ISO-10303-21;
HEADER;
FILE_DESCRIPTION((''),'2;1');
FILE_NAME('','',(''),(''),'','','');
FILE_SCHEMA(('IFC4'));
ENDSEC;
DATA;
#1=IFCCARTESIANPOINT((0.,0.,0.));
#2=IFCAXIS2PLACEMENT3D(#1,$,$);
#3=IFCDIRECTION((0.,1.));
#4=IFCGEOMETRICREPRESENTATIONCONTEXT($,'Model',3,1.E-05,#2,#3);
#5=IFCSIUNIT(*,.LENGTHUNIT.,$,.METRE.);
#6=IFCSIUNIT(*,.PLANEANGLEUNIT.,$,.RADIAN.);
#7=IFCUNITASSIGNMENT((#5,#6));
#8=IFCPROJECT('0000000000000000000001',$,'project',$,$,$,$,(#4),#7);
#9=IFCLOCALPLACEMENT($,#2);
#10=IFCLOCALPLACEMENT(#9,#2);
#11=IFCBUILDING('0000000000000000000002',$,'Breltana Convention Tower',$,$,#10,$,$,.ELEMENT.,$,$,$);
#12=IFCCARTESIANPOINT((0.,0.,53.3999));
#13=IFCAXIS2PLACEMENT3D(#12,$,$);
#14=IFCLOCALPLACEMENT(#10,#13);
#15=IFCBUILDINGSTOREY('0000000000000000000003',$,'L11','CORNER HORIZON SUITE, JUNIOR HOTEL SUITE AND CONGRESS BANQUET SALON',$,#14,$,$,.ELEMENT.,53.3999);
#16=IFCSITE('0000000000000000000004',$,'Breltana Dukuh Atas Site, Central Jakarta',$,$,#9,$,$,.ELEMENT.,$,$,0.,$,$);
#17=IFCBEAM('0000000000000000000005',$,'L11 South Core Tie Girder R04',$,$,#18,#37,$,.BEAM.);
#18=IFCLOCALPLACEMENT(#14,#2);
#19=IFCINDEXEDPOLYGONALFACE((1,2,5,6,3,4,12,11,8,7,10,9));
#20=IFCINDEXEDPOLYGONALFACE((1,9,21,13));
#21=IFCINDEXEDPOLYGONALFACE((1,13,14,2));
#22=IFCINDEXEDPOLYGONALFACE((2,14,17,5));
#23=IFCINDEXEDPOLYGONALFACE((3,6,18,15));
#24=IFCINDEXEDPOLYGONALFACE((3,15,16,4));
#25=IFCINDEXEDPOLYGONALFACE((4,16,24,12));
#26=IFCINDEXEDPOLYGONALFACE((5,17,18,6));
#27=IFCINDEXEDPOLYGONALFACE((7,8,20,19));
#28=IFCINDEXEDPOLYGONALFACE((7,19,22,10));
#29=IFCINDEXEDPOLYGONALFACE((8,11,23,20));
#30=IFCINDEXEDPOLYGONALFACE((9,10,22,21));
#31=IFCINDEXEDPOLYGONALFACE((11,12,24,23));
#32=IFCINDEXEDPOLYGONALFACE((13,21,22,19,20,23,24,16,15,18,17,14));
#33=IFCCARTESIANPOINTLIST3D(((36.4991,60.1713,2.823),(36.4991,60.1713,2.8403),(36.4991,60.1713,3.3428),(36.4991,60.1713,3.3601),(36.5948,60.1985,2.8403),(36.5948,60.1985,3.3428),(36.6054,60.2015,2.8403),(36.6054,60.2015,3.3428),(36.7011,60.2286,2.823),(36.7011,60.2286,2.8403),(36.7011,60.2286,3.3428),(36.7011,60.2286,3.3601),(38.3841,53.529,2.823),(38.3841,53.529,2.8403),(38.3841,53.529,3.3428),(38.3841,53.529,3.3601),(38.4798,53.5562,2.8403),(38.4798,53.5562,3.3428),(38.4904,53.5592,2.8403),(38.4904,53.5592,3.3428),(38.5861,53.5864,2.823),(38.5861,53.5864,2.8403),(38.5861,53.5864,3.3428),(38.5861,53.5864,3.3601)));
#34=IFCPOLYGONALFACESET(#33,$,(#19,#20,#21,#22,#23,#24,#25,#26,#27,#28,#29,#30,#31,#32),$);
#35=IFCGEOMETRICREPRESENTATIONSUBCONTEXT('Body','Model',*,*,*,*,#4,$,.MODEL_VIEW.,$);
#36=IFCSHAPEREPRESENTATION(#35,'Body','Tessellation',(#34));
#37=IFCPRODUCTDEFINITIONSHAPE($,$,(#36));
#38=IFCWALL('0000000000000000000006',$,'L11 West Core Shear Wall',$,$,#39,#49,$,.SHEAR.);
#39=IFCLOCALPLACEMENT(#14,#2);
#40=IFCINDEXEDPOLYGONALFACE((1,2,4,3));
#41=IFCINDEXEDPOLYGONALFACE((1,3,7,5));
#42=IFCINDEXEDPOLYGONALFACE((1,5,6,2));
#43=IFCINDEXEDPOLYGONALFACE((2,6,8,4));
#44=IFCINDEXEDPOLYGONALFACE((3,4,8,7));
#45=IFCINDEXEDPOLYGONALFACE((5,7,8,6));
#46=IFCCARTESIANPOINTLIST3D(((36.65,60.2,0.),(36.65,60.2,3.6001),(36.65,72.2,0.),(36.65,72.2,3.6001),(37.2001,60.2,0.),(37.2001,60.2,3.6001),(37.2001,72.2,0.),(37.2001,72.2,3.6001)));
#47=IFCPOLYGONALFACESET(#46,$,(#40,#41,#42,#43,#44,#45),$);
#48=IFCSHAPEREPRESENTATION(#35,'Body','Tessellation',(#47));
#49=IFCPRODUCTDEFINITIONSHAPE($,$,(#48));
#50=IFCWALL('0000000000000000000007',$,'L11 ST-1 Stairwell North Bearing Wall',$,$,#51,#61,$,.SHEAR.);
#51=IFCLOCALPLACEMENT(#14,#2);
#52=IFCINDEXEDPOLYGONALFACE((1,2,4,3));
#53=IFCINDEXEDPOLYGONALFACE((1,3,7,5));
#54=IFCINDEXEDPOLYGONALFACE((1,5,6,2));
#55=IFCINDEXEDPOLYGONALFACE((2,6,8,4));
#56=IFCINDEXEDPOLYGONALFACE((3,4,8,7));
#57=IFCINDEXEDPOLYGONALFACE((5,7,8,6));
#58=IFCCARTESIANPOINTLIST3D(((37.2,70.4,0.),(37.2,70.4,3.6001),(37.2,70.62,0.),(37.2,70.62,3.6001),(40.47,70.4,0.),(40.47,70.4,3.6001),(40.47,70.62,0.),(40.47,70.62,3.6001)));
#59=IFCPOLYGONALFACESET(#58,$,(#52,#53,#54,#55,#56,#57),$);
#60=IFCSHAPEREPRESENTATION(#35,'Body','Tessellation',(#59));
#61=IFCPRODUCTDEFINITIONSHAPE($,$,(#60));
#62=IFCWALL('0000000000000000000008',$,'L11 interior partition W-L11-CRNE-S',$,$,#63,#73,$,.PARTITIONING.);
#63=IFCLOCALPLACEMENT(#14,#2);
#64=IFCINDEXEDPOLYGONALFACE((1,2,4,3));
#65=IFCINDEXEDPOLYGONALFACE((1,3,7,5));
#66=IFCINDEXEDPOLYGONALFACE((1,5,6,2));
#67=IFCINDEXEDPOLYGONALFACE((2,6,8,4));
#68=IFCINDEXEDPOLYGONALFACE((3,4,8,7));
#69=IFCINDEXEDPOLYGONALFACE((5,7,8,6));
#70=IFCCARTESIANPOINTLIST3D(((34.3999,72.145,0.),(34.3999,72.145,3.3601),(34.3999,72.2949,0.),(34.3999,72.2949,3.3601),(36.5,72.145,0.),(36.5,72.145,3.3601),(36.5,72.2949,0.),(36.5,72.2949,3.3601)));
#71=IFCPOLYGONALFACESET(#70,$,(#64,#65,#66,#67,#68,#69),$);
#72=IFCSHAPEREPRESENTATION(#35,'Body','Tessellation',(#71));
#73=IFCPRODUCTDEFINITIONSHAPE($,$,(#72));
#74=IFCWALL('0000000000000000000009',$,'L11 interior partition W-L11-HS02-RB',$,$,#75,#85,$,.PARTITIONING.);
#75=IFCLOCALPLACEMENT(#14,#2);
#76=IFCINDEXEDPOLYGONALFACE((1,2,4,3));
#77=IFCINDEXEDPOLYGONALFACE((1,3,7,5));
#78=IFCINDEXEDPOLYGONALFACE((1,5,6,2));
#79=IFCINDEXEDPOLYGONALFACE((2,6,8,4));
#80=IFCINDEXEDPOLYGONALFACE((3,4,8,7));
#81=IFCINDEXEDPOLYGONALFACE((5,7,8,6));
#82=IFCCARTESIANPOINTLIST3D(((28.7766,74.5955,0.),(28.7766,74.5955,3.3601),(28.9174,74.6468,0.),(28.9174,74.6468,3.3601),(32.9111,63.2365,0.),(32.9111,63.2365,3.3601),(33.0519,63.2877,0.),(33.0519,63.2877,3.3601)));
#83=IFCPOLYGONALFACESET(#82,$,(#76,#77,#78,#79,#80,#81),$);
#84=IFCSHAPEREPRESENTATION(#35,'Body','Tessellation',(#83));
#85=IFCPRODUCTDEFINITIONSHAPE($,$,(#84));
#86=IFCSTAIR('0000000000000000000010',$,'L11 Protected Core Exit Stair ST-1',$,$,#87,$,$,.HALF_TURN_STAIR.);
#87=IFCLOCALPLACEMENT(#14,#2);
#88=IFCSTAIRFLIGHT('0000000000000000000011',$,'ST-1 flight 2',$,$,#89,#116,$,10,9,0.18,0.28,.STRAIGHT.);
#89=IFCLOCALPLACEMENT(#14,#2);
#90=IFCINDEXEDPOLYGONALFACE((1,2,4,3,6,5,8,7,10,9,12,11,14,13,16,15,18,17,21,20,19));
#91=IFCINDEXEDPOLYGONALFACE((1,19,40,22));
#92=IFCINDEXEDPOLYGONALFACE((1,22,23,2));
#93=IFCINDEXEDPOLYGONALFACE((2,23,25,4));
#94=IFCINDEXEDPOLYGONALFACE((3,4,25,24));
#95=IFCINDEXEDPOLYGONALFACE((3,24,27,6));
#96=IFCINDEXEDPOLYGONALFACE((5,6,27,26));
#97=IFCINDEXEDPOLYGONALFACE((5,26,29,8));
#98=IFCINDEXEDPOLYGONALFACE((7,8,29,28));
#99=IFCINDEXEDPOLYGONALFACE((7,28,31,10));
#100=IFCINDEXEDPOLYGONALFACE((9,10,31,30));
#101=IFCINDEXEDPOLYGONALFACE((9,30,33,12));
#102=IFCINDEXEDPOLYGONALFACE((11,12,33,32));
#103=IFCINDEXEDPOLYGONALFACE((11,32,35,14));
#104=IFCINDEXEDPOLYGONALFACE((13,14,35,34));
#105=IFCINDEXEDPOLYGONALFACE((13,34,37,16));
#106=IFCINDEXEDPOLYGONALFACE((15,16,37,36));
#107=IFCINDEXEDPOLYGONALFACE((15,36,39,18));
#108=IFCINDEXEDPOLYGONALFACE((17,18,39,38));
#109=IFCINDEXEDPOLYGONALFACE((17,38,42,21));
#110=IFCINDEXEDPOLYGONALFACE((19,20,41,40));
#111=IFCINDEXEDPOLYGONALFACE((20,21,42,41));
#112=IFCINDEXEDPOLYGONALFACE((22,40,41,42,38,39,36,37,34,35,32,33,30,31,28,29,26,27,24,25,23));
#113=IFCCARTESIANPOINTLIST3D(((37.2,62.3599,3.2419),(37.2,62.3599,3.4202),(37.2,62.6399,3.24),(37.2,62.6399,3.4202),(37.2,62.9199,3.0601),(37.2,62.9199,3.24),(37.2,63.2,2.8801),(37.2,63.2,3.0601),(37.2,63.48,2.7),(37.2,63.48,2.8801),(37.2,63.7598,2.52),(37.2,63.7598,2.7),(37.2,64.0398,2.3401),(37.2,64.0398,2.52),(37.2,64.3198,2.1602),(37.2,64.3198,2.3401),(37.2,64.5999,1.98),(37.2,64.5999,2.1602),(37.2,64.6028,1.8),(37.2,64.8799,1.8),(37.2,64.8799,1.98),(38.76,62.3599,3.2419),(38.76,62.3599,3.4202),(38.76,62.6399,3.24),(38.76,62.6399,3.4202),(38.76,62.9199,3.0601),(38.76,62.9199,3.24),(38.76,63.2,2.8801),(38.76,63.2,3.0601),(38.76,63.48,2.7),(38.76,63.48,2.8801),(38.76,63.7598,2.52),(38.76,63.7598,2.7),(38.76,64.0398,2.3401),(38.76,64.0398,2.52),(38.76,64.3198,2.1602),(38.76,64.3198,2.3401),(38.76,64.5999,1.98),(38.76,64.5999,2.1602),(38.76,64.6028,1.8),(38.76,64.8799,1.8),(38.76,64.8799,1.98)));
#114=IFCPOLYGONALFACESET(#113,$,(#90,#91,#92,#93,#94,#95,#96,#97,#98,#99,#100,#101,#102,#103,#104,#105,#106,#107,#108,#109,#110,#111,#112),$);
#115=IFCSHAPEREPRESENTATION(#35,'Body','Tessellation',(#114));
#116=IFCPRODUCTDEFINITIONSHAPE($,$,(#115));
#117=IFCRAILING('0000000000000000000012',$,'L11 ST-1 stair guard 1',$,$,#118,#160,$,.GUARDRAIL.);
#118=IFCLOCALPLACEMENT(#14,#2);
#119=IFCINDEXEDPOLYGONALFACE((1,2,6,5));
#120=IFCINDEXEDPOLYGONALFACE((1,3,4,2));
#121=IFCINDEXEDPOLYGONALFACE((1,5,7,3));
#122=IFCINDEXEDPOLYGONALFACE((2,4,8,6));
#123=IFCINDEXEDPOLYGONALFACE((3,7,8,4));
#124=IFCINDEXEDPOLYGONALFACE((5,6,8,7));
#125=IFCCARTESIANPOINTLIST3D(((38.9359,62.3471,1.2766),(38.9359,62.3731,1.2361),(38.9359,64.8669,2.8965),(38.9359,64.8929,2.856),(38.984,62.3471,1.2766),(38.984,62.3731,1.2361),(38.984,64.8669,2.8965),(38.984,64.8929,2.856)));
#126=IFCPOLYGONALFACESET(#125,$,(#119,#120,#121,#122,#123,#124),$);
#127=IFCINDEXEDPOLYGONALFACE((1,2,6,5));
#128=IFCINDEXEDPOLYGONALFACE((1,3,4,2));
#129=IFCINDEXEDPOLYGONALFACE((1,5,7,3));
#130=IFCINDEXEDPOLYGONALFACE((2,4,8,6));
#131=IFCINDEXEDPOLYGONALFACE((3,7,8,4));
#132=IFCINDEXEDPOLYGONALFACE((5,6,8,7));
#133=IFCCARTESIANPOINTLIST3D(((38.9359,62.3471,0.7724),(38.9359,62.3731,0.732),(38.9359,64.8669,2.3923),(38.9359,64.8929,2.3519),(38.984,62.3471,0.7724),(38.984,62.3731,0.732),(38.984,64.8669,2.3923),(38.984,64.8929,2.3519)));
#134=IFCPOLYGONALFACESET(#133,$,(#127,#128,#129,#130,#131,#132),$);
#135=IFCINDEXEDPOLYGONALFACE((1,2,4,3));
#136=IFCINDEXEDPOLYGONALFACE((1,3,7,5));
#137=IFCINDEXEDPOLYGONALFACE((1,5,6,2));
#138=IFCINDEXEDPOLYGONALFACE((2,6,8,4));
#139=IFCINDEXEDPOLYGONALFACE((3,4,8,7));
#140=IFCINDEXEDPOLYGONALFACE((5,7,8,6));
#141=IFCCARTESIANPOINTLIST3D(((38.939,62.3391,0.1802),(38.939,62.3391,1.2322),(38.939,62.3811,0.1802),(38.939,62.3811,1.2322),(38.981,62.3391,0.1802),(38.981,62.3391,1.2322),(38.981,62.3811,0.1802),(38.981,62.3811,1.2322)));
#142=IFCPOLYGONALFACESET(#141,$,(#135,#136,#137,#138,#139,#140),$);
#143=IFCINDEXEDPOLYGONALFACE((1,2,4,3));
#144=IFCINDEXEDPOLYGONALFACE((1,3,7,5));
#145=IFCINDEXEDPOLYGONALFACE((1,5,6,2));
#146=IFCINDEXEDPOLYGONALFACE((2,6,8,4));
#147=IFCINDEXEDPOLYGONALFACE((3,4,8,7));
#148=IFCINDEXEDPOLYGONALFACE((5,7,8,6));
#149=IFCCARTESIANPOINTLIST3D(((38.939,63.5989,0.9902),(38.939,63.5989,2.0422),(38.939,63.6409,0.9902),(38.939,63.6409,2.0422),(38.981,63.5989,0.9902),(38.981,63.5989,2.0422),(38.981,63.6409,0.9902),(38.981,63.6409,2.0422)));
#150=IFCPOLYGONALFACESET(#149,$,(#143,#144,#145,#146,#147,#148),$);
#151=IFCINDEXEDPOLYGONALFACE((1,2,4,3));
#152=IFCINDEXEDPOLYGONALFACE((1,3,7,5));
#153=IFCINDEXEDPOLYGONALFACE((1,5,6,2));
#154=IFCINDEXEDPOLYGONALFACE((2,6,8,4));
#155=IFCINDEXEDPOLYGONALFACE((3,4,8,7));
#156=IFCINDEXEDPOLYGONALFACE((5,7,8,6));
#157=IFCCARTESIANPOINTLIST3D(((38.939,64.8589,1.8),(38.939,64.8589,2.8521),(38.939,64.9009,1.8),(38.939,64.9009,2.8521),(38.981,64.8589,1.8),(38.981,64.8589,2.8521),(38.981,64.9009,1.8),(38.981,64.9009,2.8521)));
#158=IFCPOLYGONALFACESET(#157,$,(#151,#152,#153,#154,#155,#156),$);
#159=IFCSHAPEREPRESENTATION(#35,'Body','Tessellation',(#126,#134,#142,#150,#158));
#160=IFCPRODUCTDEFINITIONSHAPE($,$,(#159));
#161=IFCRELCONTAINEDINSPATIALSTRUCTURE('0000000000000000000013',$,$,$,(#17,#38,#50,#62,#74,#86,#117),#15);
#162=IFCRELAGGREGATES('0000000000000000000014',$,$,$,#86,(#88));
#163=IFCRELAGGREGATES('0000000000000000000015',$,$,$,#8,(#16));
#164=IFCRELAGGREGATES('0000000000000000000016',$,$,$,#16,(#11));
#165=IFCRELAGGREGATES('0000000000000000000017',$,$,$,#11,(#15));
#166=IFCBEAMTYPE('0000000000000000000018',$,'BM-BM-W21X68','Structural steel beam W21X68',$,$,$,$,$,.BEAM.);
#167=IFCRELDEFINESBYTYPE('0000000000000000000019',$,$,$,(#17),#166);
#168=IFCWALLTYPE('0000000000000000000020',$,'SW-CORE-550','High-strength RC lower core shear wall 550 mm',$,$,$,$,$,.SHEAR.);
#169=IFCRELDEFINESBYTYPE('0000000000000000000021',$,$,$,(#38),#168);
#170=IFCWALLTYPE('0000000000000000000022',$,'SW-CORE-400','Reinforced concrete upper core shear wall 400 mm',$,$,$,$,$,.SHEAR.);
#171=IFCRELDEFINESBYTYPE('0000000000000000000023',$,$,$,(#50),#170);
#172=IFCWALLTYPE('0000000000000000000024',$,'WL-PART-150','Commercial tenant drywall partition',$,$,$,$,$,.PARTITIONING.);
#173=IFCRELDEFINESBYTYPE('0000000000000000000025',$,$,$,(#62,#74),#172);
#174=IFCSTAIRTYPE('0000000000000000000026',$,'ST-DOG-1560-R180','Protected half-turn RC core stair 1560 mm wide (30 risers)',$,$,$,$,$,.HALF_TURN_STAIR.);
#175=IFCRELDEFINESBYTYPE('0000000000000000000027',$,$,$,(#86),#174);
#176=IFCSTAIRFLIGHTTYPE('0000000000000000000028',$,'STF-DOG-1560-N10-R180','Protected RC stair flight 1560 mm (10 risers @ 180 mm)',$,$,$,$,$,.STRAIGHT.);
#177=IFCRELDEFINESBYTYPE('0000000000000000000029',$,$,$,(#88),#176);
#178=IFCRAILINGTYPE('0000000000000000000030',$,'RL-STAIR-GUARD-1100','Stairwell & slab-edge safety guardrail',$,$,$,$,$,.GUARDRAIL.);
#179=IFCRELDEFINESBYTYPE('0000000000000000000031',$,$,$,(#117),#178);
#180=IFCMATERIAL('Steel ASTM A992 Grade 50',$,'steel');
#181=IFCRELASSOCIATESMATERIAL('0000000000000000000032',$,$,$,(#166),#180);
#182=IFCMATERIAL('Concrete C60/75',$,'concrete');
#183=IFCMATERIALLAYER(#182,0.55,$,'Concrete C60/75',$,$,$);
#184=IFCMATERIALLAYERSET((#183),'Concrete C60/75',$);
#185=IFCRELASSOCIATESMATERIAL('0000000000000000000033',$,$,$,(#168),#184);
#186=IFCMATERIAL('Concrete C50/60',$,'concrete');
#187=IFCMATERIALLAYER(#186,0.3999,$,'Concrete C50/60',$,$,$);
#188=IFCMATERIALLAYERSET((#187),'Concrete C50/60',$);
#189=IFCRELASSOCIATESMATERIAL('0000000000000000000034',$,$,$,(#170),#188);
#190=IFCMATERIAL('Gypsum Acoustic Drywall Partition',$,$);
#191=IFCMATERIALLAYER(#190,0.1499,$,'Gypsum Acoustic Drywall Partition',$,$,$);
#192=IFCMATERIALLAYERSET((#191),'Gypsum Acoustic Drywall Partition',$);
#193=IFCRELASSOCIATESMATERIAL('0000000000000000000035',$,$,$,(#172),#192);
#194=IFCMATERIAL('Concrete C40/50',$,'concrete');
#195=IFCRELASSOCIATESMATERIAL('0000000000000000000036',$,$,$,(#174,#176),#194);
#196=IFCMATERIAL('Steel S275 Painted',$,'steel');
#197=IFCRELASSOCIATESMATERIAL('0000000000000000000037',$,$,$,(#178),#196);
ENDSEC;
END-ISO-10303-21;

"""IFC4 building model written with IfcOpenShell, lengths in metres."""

from ifc_helpers import new_model, si_unit, direction, frame, frame_2d, origin, origin_2d, place, context, subcontext, project, spatial, polyline, rectangle, i_section, outline, extrude, source, transform, mapped, material, layer, layer_set, material_profile, profile_set, type_object, type_shapes, element, aggregate, save


model = new_model("IFC4")

# Units and contexts
model_context = context("Model", 3, precision=1e-05, world=origin(), true_north=direction((0.0, 1.0)))
body_context = subcontext(model_context, "Body", "Model", "MODEL_VIEW")
ifc_project = project(units=[si_unit("LENGTHUNIT", "METRE"), si_unit("PLANEANGLEUNIT", "RADIAN")], contexts=[model_context])

# Site, building, storey
site_placement = place(None, origin())
site = spatial("IfcSite", under=ifc_project, at=site_placement, Name="Breltana Dukuh Atas Site, Central Jakarta", CompositionType="ELEMENT", RefElevation=0.0)
building_placement = place(site_placement, origin())
building = spatial("IfcBuilding", under=site, at=building_placement, Name="Breltana Convention Tower", CompositionType="ELEMENT")
storey_placement = place(building_placement, frame((0.0, 0.0, 53.3999)))
storey = spatial("IfcBuildingStorey", under=building, at=storey_placement, Name="L11", Description="CORNER HORIZON SUITE, JUNIOR HOTEL SUITE AND CONGRESS BANQUET SALON", CompositionType="ELEMENT", Elevation=53.3999)

# Beam
ifc_material_1 = material(Name="Steel ASTM A992 Grade 50", Category="steel")
ifc_material_profile = material_profile(ifc_material_1, i_section(OverallWidth=0.21, OverallDepth=0.5371, WebThickness=0.011, FlangeThickness=0.0173, at=origin_2d()), Name="W21X68")
ifc_profile_set = profile_set([ifc_material_profile], Name="Steel ASTM A992 Grade 50")
beam_type = type_object("IfcBeamType", Name="BM-BM-W21X68", Description="Structural steel beam W21X68", PredefinedType="BEAM", material=ifc_profile_set)
shared_shape_1 = source(origin(), body_context, "Body", "SweptSolid", [
    extrude(i_section(OverallWidth=0.21, OverallDepth=0.5371, WebThickness=0.011, FlangeThickness=0.0173, at=origin_2d()), origin(), (0.0, 0.0, 1.0), 6.9045),
])
type_shapes(beam_type, [shared_shape_1])
beam_placement = place(storey_placement, frame((36.6001, 60.2, 3.0916), z_axis=(0.273007, -0.962012, 0.0), x_axis=(0.962012, 0.273007, 0.0)))
element("IfcBeam", 1, at=beam_placement, inside=storey, type_object=beam_type, Name="L11 South Core Tie Girder R04", PredefinedType="BEAM", context=body_context, shape_type="MappedRepresentation", body=[
    mapped(shared_shape_1, transform((0.0, 0.0, 0.0), scale=1.0)),
])

# Wall
ifc_material_2 = material(Name="Concrete C60/75", Category="concrete")
ifc_layer_1 = layer(ifc_material_2, 0.55, Name="Concrete C60/75")
ifc_layer_set_1 = layer_set([ifc_layer_1], Name="Concrete C60/75")
wall_type_1 = type_object("IfcWallType", Name="SW-CORE-550", Description="High-strength RC lower core shear wall 550 mm", PredefinedType="SHEAR", material=ifc_layer_set_1)
shared_shape_2 = source(origin(), body_context, "Body", "SweptSolid", [
    extrude(rectangle(XDim=12.0, YDim=0.55, at=frame_2d((6.0, 0.0))), origin(), (0.0, 0.0, 1.0), 3.6001),
])
wall_1_placement = place(storey_placement, frame((36.925, 60.2, 0.0), z_axis=(0.0, 0.0, 1.0), x_axis=(0.0, 1.0, 0.0)))
element("IfcWall", 2, at=wall_1_placement, inside=storey, type_object=wall_type_1, Name="L11 West Core Shear Wall", PredefinedType="SHEAR", context=body_context, shape_type="MappedRepresentation", body=[
    mapped(shared_shape_2, transform((0.0, 0.0, 0.0), scale=1.0)),
])

# Walls
ifc_material_3 = material(Name="Concrete C50/60", Category="concrete")
ifc_layer_2 = layer(ifc_material_3, 0.3999, Name="Concrete C50/60")
ifc_layer_set_2 = layer_set([ifc_layer_2], Name="Concrete C50/60")
wall_type_2 = type_object("IfcWallType", Name="SW-CORE-400", Description="Reinforced concrete upper core shear wall 400 mm", PredefinedType="SHEAR", material=ifc_layer_set_2)
shared_shape_3 = source(origin(), body_context, "Body", "SweptSolid", [
    extrude(rectangle(XDim=3.27, YDim=0.22, at=frame_2d((1.635, 0.0))), origin(), (0.0, 0.0, 1.0), 3.6001),
])
wall_2_placement = place(storey_placement, frame((37.2, 70.51, 0.0), z_axis=(0.0, 0.0, 1.0), x_axis=(1.0, 0.0, 0.0)))
element("IfcWall", 3, at=wall_2_placement, inside=storey, type_object=wall_type_2, Name="L11 ST-1 Stairwell North Bearing Wall", PredefinedType="SHEAR", context=body_context, shape_type="MappedRepresentation", body=[
    mapped(shared_shape_3, transform((0.0, 0.0, 0.0), scale=1.0)),
])
ifc_material_4 = material(Name="Gypsum Acoustic Drywall Partition")
ifc_layer_3 = layer(ifc_material_4, 0.1499, Name="Gypsum Acoustic Drywall Partition")
ifc_layer_set_3 = layer_set([ifc_layer_3], Name="Gypsum Acoustic Drywall Partition")
wall_type_3 = type_object("IfcWallType", Name="WL-PART-150", Description="Commercial tenant drywall partition", PredefinedType="PARTITIONING", material=ifc_layer_set_3)
shared_shape_4 = source(origin(), body_context, "Body", "SweptSolid", [
    extrude(rectangle(XDim=2.1001, YDim=0.1499, at=frame_2d((1.05, 0.0))), origin(), (0.0, 0.0, 1.0), 3.3601),
])
wall_3_placement = place(storey_placement, frame((34.3999, 72.22, 0.0), z_axis=(0.0, 0.0, 1.0), x_axis=(1.0, 0.0, 0.0)))
element("IfcWall", 4, at=wall_3_placement, inside=storey, type_object=wall_type_3, Name="L11 interior partition W-L11-CRNE-S", PredefinedType="PARTITIONING", context=body_context, shape_type="MappedRepresentation", body=[
    mapped(shared_shape_4, transform((0.0, 0.0, 0.0), scale=1.0)),
])
shared_shape_5 = source(origin(), body_context, "Body", "SweptSolid", [
    extrude(rectangle(XDim=12.0881, YDim=0.1499, at=frame_2d((6.0439, 0.0))), origin(), (0.0, 0.0, 1.0), 3.3601),
])
wall_4_placement = place(storey_placement, frame((32.9814, 63.2622, 0.0), z_axis=(0.0, 0.0, 1.0), x_axis=(-0.34203, 0.939689, 0.0)))
element("IfcWall", 5, at=wall_4_placement, inside=storey, type_object=wall_type_3, Name="L11 interior partition W-L11-HS02-RB", PredefinedType="PARTITIONING", context=body_context, shape_type="MappedRepresentation", body=[
    mapped(shared_shape_5, transform((0.0, 0.0, 0.0), scale=1.0)),
])

# Stair, stair flight
ifc_material_5 = material(Name="Concrete C40/50", Category="concrete")
stair_type = type_object("IfcStairType", Name="ST-DOG-1560-R180", Description="Protected half-turn RC core stair 1560 mm wide (30 risers)", PredefinedType="HALF_TURN_STAIR", material=ifc_material_5)
stair_placement = place(storey_placement, origin())
stair = element("IfcStair", 6, at=stair_placement, inside=storey, type_object=stair_type, Name="L11 Protected Core Exit Stair ST-1", PredefinedType="HALF_TURN_STAIR")
stair_flight_type = type_object("IfcStairFlightType", Name="STF-DOG-1560-N10-R180", Description="Protected RC stair flight 1560 mm (10 risers @ 180 mm)", PredefinedType="STRAIGHT", material=ifc_material_5)
stair_flight_placement = place(storey_placement, frame((37.98, 64.8799, 1.8), z_axis=(0.0, 0.0, 1.0), x_axis=(0.0, -1.0, 0.0)))
stair_flight = element("IfcStairFlight", 7, at=stair_flight_placement, type_object=stair_flight_type, Name="ST-1 flight 2", NumberOfRisers=10, NumberOfTreads=9, PredefinedType="STRAIGHT", RiserHeight=0.18, TreadLength=0.28, context=body_context, shape_type="SweptSolid", body=[
    extrude(outline(polyline([(0.0, 0.0), (0.0, 0.1799), (0.28, 0.1799), (0.28, 0.3601), (0.5601, 0.3601), (0.5601, 0.54), (0.8401, 0.54), (0.8401, 0.72), (1.1201, 0.72), (1.1201, 0.8999), (1.3999, 0.8999), (1.3999, 1.0801), (1.6799, 1.0801), (1.6799, 1.26), (1.96, 1.26), (1.96, 1.4399), (2.24, 1.4399), (2.24, 1.6201), (2.52, 1.6201), (2.52, 1.8), (2.52, 1.4419), (0.2771, 0.0), (0.0, 0.0)])), frame((0.0, 0.78, 0.0), z_axis=(0.0, -1.0, 0.0), x_axis=(1.0, 0.0, 0.0)), (0.0, 0.0, 1.0), 1.5601),
])
aggregate(stair, [stair_flight])

# Railing
ifc_material_6 = material(Name="Steel S275 Painted", Category="steel")
railing_type_1 = type_object("IfcRailingType", Name="RL-STAIR-GUARD-1100", Description="Stairwell & slab-edge safety guardrail", PredefinedType="GUARDRAIL", material=ifc_material_6)
railing_1_placement = place(storey_placement, frame((38.96, 62.3601, 0.1802)))
element("IfcRailing", 8, at=railing_1_placement, inside=storey, type_object=railing_type_1, Name="L11 ST-1 stair guard 1", PredefinedType="GUARDRAIL", context=body_context, shape_type="SweptSolid", body=[
    extrude(rectangle(XDim=0.0481, YDim=0.0481, at=origin_2d()), frame((0.0, 0.0, 1.0762), z_axis=(0.0, 0.841176, 0.540762), x_axis=(-1.0, 0.0, 0.0)), (0.0, 0.0, 1.0), 2.9956),
    extrude(rectangle(XDim=0.0481, YDim=0.0481, at=origin_2d()), frame((0.0, 0.0, 0.572), z_axis=(0.0, 0.841176, 0.540762), x_axis=(-1.0, 0.0, 0.0)), (0.0, 0.0, 1.0), 2.9956),
    extrude(rectangle(XDim=0.042, YDim=0.042, at=origin_2d()), origin(), (0.0, 0.0, 1.0), 1.052),
    extrude(rectangle(XDim=0.042, YDim=0.042, at=origin_2d()), frame((0.0, 1.2598, 0.8101)), (0.0, 0.0, 1.0), 1.052),
    extrude(rectangle(XDim=0.042, YDim=0.042, at=origin_2d()), frame((0.0, 2.5198, 1.6199)), (0.0, 0.0, 1.0), 1.052),
])

save(model, "model.ifc")
